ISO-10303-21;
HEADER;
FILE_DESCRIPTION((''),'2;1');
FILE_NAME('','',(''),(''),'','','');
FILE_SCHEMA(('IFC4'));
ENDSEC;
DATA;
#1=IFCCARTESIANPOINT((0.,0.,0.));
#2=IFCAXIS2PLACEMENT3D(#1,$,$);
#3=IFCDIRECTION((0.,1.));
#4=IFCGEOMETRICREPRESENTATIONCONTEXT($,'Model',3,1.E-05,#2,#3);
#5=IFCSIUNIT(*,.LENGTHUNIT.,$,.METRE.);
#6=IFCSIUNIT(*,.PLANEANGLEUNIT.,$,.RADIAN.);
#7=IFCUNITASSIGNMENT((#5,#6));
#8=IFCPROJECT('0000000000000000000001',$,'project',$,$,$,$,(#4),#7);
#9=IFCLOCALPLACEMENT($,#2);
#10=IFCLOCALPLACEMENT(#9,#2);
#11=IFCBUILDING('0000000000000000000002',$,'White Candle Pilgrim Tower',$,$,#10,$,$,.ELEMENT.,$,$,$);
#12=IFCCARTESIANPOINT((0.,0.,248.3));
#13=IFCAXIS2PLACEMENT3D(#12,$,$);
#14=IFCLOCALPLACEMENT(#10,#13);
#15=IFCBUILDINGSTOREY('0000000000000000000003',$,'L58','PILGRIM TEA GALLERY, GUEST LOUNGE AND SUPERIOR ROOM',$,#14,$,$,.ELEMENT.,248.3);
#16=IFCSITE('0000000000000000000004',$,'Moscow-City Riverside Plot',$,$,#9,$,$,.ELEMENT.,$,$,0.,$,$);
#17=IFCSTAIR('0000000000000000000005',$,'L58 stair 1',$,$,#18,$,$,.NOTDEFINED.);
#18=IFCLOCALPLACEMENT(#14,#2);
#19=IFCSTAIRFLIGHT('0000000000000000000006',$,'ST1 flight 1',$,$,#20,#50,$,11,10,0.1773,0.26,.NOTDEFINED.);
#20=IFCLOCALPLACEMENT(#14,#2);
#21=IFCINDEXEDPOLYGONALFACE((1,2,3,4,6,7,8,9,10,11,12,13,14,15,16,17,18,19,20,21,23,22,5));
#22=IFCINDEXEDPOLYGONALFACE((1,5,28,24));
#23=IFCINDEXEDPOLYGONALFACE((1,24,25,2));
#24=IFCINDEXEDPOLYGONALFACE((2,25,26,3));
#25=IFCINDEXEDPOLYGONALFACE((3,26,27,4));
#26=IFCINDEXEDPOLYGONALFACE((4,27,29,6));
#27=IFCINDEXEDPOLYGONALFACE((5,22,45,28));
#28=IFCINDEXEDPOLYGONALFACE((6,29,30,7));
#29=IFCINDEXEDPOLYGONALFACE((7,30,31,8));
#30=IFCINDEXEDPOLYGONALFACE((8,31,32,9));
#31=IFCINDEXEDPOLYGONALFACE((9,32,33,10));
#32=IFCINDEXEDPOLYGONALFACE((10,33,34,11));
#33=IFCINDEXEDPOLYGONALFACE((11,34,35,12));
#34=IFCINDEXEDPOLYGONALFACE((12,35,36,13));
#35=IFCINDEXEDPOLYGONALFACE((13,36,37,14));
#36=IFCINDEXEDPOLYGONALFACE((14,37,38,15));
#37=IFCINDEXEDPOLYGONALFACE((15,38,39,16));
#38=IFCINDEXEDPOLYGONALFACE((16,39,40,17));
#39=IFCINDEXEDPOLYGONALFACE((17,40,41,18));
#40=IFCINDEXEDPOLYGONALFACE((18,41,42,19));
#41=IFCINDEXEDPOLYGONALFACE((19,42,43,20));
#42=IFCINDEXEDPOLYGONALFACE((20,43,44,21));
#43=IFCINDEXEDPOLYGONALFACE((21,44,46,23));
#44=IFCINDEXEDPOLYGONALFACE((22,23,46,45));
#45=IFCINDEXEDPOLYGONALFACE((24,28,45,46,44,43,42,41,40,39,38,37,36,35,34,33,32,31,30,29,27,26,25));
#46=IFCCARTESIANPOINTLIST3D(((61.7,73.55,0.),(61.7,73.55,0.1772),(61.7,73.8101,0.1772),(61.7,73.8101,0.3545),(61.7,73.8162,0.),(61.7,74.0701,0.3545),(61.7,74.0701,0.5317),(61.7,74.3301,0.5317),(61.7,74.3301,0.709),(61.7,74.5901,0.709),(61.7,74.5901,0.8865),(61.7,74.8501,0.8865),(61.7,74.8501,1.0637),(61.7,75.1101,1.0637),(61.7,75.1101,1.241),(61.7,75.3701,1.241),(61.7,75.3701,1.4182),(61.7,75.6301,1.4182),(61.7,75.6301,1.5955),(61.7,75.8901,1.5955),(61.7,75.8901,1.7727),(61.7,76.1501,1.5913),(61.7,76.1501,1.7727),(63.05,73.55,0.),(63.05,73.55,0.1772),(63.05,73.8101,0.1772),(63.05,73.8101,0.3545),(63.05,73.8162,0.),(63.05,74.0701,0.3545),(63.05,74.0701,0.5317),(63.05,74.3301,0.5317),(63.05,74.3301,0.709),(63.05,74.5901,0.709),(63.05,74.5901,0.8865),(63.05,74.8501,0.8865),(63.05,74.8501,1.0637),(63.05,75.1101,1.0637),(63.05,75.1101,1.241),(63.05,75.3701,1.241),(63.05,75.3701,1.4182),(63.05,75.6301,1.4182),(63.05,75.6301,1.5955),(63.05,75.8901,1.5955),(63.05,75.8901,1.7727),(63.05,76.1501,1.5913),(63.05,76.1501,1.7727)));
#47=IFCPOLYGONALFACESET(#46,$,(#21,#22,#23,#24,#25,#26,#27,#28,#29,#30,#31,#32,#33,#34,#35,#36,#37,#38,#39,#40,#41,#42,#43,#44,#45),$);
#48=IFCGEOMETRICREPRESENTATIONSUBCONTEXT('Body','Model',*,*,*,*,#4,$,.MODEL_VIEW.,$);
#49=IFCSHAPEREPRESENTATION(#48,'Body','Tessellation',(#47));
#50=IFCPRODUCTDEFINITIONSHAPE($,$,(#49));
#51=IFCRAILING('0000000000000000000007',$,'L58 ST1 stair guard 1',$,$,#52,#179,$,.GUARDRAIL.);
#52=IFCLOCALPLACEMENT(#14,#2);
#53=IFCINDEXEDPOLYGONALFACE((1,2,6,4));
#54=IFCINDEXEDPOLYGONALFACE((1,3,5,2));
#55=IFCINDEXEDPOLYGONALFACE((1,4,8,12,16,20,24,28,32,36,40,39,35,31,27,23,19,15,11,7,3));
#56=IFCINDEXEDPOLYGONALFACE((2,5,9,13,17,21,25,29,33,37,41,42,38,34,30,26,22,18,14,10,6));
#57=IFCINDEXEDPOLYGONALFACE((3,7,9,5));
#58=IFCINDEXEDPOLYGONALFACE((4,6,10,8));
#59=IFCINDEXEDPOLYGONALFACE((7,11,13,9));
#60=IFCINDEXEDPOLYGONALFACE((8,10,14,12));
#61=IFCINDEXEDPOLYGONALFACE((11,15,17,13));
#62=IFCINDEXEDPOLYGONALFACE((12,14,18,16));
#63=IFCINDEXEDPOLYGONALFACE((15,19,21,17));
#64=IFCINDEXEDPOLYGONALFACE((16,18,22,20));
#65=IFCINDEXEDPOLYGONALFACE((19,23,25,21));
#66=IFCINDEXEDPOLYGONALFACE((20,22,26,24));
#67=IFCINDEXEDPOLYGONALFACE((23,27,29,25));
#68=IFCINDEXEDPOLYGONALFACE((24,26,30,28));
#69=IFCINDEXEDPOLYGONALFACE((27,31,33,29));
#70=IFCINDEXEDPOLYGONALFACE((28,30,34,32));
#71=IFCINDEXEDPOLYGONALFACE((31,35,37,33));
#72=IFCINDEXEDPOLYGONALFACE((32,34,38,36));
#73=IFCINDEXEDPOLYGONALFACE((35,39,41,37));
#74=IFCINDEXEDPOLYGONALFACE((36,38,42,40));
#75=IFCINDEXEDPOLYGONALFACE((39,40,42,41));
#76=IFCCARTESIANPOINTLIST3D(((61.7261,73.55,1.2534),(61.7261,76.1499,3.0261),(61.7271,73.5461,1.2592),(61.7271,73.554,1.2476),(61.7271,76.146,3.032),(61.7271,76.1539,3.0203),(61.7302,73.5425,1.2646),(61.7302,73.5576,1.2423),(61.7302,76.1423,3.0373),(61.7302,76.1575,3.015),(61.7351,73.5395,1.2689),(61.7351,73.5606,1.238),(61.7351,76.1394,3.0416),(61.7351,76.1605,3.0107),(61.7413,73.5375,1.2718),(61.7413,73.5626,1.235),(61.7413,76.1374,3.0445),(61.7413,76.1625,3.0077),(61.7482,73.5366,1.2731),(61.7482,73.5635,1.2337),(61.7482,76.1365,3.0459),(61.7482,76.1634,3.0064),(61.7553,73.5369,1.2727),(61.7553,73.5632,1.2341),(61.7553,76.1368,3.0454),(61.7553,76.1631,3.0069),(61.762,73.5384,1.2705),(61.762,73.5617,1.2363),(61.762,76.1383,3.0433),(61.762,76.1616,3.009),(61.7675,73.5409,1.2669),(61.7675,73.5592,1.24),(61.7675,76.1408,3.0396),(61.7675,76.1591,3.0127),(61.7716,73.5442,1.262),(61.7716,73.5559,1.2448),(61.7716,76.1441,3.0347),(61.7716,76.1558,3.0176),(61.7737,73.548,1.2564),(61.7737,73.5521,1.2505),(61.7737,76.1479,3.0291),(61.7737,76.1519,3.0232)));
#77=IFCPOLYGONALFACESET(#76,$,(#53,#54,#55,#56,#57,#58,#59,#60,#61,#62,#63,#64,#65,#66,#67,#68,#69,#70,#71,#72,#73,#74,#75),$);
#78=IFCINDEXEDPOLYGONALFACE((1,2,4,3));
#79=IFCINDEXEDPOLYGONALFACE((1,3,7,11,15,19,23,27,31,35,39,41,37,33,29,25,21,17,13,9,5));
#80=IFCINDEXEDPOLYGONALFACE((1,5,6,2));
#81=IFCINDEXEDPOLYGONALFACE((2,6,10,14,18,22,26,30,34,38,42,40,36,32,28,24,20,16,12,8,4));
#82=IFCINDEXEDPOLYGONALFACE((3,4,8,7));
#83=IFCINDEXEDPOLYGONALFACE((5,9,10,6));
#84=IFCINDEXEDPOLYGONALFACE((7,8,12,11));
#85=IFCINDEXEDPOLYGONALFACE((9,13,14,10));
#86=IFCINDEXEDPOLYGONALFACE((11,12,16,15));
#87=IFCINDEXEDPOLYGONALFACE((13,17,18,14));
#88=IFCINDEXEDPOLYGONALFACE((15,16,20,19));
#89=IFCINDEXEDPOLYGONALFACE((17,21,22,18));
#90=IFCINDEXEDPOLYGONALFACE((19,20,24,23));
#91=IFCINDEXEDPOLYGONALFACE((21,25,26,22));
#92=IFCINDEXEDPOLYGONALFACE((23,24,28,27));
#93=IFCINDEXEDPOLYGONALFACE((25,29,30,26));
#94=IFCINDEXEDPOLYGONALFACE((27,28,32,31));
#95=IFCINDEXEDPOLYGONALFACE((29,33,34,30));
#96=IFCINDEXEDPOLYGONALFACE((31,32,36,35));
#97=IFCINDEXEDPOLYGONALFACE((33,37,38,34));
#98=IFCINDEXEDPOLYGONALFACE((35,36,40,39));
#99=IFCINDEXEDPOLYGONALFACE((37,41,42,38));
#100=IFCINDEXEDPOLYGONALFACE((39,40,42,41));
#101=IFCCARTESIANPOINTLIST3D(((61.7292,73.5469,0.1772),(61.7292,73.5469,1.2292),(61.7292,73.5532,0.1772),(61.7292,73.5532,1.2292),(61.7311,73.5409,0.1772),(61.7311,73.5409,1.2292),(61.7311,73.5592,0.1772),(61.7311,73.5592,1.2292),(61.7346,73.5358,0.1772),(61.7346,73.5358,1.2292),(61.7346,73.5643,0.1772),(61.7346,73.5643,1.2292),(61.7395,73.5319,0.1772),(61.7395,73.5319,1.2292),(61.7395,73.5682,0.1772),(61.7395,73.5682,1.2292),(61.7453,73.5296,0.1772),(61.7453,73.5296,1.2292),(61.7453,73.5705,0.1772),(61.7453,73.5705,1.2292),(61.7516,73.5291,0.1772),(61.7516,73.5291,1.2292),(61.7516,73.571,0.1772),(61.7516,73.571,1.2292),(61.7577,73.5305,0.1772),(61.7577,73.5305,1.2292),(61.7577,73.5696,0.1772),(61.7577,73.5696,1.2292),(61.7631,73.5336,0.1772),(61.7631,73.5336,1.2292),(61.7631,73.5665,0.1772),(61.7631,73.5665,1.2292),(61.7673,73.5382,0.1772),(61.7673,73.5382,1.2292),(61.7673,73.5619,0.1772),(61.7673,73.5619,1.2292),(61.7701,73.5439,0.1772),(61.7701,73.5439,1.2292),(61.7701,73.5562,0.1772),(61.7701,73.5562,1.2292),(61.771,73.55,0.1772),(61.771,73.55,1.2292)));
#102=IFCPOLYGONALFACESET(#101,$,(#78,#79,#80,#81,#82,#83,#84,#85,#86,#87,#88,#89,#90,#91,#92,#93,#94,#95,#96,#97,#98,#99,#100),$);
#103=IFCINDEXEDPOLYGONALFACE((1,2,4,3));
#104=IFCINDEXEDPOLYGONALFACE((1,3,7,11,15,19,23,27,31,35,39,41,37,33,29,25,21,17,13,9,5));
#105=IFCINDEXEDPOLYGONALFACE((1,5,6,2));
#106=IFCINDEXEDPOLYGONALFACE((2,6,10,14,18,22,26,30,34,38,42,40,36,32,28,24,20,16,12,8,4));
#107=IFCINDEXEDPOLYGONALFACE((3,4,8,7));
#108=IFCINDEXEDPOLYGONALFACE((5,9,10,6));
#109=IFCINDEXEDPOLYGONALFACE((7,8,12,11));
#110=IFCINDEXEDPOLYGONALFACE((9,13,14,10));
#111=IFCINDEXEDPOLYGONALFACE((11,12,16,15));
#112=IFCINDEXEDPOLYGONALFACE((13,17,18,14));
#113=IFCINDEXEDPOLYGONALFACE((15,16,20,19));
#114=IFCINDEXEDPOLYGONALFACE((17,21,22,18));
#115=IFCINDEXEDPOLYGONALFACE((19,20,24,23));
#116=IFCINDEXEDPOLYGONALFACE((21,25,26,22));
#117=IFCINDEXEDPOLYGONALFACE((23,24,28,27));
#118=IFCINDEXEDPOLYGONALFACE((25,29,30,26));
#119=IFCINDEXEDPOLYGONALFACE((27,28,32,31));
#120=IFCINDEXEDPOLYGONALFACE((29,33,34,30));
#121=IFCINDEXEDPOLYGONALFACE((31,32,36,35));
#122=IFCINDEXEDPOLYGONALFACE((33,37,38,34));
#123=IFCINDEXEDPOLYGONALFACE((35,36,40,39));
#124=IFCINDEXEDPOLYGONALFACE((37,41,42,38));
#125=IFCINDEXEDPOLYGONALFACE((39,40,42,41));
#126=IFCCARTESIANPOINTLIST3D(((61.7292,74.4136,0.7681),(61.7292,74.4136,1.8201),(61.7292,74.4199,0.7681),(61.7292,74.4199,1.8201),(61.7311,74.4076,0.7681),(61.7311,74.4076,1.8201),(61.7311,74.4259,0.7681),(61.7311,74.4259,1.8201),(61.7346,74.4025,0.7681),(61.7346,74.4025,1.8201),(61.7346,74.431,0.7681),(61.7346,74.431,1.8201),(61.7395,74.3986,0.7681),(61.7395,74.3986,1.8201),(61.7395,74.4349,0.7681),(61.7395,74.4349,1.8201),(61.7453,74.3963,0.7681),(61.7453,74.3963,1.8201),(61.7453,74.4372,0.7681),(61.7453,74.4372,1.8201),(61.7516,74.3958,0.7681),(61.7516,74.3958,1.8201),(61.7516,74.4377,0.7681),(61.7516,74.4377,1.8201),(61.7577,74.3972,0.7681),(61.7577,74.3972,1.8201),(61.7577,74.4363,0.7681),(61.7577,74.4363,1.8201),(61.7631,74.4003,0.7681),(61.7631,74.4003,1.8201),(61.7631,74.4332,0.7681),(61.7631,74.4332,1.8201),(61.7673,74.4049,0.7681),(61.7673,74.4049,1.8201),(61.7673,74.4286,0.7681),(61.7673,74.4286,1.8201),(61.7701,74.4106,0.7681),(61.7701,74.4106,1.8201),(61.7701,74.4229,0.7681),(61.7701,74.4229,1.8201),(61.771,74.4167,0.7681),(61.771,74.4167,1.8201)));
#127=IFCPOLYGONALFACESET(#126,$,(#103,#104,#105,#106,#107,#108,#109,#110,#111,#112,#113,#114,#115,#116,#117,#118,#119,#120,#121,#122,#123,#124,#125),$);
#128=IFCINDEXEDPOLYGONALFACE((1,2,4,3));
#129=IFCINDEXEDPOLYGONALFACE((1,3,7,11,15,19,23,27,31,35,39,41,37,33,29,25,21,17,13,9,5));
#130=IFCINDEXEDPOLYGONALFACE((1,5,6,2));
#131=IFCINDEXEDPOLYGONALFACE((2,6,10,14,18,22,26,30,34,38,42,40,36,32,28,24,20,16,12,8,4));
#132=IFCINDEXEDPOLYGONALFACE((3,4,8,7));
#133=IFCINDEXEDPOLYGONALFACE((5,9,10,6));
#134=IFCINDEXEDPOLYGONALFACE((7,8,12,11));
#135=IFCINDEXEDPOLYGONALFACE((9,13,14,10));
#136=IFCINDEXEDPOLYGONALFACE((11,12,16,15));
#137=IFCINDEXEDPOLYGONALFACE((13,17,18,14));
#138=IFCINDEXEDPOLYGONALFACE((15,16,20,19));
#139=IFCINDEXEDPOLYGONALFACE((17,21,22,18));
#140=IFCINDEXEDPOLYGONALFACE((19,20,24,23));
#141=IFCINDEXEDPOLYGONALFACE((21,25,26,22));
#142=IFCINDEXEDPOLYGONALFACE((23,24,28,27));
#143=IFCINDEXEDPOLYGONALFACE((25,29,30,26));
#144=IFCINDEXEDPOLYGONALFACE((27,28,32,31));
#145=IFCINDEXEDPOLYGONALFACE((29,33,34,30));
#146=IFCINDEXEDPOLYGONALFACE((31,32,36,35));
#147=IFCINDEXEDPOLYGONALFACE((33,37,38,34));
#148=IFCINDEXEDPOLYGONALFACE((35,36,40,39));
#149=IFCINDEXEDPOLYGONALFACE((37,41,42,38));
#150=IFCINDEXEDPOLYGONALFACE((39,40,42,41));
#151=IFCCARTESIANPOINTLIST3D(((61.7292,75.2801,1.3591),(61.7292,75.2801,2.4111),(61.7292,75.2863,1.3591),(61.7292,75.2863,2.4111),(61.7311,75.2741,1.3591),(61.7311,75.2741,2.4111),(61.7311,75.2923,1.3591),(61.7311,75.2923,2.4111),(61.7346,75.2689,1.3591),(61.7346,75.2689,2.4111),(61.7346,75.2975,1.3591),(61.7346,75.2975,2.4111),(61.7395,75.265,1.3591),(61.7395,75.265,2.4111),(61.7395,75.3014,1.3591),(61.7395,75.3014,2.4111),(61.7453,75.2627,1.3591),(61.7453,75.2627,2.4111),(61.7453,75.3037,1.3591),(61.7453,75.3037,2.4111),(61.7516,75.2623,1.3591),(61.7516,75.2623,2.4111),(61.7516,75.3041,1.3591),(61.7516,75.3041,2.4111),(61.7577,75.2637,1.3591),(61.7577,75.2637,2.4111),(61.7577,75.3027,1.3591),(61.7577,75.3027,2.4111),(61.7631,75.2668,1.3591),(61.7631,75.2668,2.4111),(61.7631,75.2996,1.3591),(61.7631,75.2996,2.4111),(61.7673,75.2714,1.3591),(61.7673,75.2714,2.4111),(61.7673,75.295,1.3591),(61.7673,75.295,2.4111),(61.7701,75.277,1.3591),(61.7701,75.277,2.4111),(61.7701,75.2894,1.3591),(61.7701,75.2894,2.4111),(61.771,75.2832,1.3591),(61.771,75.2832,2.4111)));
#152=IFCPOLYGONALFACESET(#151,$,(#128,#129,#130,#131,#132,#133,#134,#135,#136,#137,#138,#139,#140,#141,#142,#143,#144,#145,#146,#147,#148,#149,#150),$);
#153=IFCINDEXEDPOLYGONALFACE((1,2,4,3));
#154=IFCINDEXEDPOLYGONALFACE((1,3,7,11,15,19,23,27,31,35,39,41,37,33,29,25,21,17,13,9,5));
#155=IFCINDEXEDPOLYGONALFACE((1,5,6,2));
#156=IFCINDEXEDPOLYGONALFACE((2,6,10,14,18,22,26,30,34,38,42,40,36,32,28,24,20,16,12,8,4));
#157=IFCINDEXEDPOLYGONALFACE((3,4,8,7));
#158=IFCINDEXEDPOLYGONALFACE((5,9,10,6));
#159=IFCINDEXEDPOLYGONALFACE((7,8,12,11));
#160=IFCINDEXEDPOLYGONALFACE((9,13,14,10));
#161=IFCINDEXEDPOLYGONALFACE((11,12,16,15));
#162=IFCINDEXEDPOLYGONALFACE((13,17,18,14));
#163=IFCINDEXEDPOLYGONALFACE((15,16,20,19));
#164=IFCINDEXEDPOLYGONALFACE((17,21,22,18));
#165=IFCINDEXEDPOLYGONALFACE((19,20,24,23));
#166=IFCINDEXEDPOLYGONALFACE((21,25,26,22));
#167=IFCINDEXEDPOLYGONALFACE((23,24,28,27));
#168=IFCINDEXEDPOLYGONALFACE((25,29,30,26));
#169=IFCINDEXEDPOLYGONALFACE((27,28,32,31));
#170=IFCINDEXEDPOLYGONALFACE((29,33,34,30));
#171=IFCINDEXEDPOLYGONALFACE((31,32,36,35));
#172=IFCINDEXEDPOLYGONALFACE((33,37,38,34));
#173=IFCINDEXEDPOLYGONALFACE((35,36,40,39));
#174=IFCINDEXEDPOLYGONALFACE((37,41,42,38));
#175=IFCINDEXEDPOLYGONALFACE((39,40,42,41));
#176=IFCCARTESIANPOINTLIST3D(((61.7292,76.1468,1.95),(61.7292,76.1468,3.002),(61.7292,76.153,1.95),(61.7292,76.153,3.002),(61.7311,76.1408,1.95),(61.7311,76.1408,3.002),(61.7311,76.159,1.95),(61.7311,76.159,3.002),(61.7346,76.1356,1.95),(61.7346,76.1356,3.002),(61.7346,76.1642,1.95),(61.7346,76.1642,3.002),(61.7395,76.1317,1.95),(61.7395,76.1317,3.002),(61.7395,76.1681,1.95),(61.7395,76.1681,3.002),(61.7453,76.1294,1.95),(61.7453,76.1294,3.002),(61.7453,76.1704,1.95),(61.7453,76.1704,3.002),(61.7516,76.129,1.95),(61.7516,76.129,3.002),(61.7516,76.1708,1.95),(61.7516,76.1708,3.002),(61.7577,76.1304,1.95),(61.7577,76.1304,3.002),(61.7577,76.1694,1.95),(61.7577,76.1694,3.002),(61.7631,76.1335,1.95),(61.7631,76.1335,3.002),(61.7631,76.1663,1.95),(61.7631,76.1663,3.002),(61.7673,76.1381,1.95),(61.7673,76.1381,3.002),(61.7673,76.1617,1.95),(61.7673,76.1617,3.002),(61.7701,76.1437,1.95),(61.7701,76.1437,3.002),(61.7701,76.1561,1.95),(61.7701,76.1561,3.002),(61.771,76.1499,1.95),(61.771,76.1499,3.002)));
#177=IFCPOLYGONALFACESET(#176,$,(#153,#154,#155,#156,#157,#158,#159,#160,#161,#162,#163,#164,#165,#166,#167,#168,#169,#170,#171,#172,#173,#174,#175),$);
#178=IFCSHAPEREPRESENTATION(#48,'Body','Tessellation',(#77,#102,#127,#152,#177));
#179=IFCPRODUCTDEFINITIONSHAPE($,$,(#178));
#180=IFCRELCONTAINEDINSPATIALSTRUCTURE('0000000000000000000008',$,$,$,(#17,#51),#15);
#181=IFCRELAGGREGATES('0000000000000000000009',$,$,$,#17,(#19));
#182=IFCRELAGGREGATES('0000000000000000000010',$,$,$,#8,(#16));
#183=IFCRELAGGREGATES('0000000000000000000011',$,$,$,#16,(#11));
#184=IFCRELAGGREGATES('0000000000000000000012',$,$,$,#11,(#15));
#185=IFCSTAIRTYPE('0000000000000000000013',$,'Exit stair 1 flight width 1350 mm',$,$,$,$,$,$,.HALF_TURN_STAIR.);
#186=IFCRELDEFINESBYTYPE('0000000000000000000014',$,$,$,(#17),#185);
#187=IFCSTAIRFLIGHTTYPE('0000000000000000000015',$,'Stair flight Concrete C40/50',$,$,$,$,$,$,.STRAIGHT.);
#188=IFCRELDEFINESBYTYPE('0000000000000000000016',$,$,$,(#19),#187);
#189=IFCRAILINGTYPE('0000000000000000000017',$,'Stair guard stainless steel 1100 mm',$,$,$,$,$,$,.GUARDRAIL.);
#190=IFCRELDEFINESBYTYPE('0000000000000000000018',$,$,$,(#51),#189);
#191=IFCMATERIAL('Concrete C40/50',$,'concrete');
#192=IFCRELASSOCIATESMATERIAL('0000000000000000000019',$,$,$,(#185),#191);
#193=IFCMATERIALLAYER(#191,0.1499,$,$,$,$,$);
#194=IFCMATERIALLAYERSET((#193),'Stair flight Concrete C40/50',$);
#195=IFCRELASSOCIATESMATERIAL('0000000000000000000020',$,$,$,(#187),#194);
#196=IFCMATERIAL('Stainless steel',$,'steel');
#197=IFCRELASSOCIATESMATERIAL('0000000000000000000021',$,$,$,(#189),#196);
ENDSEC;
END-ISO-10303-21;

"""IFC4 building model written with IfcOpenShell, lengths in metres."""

from ifc_helpers import new_model, si_unit, direction, frame, origin, origin_2d, place, context, subcontext, project, spatial, polyline, circle, outline, extrude, material, layer, layer_set, type_object, element, aggregate, save


model = new_model("IFC4")

# Units and contexts
model_context = context("Model", 3, precision=1e-05, world=origin(), true_north=direction((0.0, 1.0)))
body_context = subcontext(model_context, "Body", "Model", "MODEL_VIEW")
ifc_project = project(units=[si_unit("LENGTHUNIT", "METRE"), si_unit("PLANEANGLEUNIT", "RADIAN")], contexts=[model_context])

# Site, building, storey
site_placement = place(None, origin())
site = spatial("IfcSite", under=ifc_project, at=site_placement, Name="Moscow-City Riverside Plot", CompositionType="ELEMENT", RefElevation=0.0)
building_placement = place(site_placement, origin())
building = spatial("IfcBuilding", under=site, at=building_placement, Name="White Candle Pilgrim Tower", CompositionType="ELEMENT")
storey_placement = place(building_placement, frame((0.0, 0.0, 248.3)))
storey = spatial("IfcBuildingStorey", under=building, at=storey_placement, Name="L58", Description="PILGRIM TEA GALLERY, GUEST LOUNGE AND SUPERIOR ROOM", CompositionType="ELEMENT", Elevation=248.3)

# Stair, stair flight
ifc_material_1 = material(Name="Concrete C40/50", Category="concrete")
stair_type = type_object("IfcStairType", Name="Exit stair 1 flight width 1350 mm", PredefinedType="HALF_TURN_STAIR", material=ifc_material_1)
stair_placement = place(storey_placement, origin())
stair = element("IfcStair", 1, at=stair_placement, inside=storey, type_object=stair_type, Name="L58 stair 1", PredefinedType="NOTDEFINED")
ifc_layer_1 = layer(ifc_material_1, 0.1499)
ifc_layer_set_1 = layer_set([ifc_layer_1], Name="Stair flight Concrete C40/50")
stair_flight_type = type_object("IfcStairFlightType", Name="Stair flight Concrete C40/50", PredefinedType="STRAIGHT", material=ifc_layer_set_1)
stair_flight_placement = place(storey_placement, frame((62.375, 73.55, 0.0), z_axis=(0.0, 0.0, 1.0), x_axis=(0.0, 1.0, 0.0)))
stair_flight = element("IfcStairFlight", 2, at=stair_flight_placement, type_object=stair_flight_type, Name="ST1 flight 1", NumberOfRisers=11, NumberOfTreads=10, PredefinedType="NOTDEFINED", RiserHeight=0.1773, TreadLength=0.26, context=body_context, shape_type="SweptSolid", body=[
    extrude(outline(polyline([(0.0, 0.0), (0.0, 0.1772), (0.26, 0.1772), (0.26, 0.3545), (0.52, 0.3545), (0.52, 0.5317), (0.78, 0.5317), (0.78, 0.709), (1.04, 0.709), (1.04, 0.8865), (1.3, 0.8865), (1.3, 1.0637), (1.5601, 1.0637), (1.5601, 1.241), (1.8201, 1.241), (1.8201, 1.4182), (2.0801, 1.4182), (2.0801, 1.5955), (2.3401, 1.5955), (2.3401, 1.7727), (2.6001, 1.7727), (2.6001, 1.95), (2.6001, 1.5913), (0.2661, 0.0), (0.0, 0.0)])), frame((0.0, 0.675, 0.0), z_axis=(0.0, -1.0, 0.0), x_axis=(1.0, 0.0, 0.0)), (0.0, 0.0, 1.0), 1.3501),
])
aggregate(stair, [stair_flight])

# Railing
ifc_material_2 = material(Name="Stainless steel", Category="steel")
railing_type_1 = type_object("IfcRailingType", Name="Stair guard stainless steel 1100 mm", PredefinedType="GUARDRAIL", material=ifc_material_2)
railing_1_placement = place(storey_placement, frame((61.75, 73.55, 0.1772)))
element("IfcRailing", 3, at=railing_1_placement, inside=storey, type_object=railing_type_1, Name="L58 ST1 stair guard 1", PredefinedType="GUARDRAIL", context=body_context, shape_type="SweptSolid", body=[
    extrude(circle(Radius=0.0239, at=origin_2d()), frame((0.0, 0.0, 1.0762), z_axis=(0.0, 0.826216, 0.563354), x_axis=(-1.0, 0.0, 0.0)), (0.0, 0.0, 1.0), 3.1467),
    extrude(circle(Radius=0.021, at=origin_2d()), origin(), (0.0, 0.0, 1.0), 1.052),
    extrude(circle(Radius=0.021, at=origin_2d()), frame((0.0, 0.8667, 0.5908)), (0.0, 0.0, 1.0), 1.052),
    extrude(circle(Radius=0.021, at=origin_2d()), frame((0.0, 1.7332, 1.1819)), (0.0, 0.0, 1.0), 1.052),
    extrude(circle(Radius=0.021, at=origin_2d()), frame((0.0, 2.5999, 1.7727)), (0.0, 0.0, 1.0), 1.052),
])

save(model, "model.ifc")
